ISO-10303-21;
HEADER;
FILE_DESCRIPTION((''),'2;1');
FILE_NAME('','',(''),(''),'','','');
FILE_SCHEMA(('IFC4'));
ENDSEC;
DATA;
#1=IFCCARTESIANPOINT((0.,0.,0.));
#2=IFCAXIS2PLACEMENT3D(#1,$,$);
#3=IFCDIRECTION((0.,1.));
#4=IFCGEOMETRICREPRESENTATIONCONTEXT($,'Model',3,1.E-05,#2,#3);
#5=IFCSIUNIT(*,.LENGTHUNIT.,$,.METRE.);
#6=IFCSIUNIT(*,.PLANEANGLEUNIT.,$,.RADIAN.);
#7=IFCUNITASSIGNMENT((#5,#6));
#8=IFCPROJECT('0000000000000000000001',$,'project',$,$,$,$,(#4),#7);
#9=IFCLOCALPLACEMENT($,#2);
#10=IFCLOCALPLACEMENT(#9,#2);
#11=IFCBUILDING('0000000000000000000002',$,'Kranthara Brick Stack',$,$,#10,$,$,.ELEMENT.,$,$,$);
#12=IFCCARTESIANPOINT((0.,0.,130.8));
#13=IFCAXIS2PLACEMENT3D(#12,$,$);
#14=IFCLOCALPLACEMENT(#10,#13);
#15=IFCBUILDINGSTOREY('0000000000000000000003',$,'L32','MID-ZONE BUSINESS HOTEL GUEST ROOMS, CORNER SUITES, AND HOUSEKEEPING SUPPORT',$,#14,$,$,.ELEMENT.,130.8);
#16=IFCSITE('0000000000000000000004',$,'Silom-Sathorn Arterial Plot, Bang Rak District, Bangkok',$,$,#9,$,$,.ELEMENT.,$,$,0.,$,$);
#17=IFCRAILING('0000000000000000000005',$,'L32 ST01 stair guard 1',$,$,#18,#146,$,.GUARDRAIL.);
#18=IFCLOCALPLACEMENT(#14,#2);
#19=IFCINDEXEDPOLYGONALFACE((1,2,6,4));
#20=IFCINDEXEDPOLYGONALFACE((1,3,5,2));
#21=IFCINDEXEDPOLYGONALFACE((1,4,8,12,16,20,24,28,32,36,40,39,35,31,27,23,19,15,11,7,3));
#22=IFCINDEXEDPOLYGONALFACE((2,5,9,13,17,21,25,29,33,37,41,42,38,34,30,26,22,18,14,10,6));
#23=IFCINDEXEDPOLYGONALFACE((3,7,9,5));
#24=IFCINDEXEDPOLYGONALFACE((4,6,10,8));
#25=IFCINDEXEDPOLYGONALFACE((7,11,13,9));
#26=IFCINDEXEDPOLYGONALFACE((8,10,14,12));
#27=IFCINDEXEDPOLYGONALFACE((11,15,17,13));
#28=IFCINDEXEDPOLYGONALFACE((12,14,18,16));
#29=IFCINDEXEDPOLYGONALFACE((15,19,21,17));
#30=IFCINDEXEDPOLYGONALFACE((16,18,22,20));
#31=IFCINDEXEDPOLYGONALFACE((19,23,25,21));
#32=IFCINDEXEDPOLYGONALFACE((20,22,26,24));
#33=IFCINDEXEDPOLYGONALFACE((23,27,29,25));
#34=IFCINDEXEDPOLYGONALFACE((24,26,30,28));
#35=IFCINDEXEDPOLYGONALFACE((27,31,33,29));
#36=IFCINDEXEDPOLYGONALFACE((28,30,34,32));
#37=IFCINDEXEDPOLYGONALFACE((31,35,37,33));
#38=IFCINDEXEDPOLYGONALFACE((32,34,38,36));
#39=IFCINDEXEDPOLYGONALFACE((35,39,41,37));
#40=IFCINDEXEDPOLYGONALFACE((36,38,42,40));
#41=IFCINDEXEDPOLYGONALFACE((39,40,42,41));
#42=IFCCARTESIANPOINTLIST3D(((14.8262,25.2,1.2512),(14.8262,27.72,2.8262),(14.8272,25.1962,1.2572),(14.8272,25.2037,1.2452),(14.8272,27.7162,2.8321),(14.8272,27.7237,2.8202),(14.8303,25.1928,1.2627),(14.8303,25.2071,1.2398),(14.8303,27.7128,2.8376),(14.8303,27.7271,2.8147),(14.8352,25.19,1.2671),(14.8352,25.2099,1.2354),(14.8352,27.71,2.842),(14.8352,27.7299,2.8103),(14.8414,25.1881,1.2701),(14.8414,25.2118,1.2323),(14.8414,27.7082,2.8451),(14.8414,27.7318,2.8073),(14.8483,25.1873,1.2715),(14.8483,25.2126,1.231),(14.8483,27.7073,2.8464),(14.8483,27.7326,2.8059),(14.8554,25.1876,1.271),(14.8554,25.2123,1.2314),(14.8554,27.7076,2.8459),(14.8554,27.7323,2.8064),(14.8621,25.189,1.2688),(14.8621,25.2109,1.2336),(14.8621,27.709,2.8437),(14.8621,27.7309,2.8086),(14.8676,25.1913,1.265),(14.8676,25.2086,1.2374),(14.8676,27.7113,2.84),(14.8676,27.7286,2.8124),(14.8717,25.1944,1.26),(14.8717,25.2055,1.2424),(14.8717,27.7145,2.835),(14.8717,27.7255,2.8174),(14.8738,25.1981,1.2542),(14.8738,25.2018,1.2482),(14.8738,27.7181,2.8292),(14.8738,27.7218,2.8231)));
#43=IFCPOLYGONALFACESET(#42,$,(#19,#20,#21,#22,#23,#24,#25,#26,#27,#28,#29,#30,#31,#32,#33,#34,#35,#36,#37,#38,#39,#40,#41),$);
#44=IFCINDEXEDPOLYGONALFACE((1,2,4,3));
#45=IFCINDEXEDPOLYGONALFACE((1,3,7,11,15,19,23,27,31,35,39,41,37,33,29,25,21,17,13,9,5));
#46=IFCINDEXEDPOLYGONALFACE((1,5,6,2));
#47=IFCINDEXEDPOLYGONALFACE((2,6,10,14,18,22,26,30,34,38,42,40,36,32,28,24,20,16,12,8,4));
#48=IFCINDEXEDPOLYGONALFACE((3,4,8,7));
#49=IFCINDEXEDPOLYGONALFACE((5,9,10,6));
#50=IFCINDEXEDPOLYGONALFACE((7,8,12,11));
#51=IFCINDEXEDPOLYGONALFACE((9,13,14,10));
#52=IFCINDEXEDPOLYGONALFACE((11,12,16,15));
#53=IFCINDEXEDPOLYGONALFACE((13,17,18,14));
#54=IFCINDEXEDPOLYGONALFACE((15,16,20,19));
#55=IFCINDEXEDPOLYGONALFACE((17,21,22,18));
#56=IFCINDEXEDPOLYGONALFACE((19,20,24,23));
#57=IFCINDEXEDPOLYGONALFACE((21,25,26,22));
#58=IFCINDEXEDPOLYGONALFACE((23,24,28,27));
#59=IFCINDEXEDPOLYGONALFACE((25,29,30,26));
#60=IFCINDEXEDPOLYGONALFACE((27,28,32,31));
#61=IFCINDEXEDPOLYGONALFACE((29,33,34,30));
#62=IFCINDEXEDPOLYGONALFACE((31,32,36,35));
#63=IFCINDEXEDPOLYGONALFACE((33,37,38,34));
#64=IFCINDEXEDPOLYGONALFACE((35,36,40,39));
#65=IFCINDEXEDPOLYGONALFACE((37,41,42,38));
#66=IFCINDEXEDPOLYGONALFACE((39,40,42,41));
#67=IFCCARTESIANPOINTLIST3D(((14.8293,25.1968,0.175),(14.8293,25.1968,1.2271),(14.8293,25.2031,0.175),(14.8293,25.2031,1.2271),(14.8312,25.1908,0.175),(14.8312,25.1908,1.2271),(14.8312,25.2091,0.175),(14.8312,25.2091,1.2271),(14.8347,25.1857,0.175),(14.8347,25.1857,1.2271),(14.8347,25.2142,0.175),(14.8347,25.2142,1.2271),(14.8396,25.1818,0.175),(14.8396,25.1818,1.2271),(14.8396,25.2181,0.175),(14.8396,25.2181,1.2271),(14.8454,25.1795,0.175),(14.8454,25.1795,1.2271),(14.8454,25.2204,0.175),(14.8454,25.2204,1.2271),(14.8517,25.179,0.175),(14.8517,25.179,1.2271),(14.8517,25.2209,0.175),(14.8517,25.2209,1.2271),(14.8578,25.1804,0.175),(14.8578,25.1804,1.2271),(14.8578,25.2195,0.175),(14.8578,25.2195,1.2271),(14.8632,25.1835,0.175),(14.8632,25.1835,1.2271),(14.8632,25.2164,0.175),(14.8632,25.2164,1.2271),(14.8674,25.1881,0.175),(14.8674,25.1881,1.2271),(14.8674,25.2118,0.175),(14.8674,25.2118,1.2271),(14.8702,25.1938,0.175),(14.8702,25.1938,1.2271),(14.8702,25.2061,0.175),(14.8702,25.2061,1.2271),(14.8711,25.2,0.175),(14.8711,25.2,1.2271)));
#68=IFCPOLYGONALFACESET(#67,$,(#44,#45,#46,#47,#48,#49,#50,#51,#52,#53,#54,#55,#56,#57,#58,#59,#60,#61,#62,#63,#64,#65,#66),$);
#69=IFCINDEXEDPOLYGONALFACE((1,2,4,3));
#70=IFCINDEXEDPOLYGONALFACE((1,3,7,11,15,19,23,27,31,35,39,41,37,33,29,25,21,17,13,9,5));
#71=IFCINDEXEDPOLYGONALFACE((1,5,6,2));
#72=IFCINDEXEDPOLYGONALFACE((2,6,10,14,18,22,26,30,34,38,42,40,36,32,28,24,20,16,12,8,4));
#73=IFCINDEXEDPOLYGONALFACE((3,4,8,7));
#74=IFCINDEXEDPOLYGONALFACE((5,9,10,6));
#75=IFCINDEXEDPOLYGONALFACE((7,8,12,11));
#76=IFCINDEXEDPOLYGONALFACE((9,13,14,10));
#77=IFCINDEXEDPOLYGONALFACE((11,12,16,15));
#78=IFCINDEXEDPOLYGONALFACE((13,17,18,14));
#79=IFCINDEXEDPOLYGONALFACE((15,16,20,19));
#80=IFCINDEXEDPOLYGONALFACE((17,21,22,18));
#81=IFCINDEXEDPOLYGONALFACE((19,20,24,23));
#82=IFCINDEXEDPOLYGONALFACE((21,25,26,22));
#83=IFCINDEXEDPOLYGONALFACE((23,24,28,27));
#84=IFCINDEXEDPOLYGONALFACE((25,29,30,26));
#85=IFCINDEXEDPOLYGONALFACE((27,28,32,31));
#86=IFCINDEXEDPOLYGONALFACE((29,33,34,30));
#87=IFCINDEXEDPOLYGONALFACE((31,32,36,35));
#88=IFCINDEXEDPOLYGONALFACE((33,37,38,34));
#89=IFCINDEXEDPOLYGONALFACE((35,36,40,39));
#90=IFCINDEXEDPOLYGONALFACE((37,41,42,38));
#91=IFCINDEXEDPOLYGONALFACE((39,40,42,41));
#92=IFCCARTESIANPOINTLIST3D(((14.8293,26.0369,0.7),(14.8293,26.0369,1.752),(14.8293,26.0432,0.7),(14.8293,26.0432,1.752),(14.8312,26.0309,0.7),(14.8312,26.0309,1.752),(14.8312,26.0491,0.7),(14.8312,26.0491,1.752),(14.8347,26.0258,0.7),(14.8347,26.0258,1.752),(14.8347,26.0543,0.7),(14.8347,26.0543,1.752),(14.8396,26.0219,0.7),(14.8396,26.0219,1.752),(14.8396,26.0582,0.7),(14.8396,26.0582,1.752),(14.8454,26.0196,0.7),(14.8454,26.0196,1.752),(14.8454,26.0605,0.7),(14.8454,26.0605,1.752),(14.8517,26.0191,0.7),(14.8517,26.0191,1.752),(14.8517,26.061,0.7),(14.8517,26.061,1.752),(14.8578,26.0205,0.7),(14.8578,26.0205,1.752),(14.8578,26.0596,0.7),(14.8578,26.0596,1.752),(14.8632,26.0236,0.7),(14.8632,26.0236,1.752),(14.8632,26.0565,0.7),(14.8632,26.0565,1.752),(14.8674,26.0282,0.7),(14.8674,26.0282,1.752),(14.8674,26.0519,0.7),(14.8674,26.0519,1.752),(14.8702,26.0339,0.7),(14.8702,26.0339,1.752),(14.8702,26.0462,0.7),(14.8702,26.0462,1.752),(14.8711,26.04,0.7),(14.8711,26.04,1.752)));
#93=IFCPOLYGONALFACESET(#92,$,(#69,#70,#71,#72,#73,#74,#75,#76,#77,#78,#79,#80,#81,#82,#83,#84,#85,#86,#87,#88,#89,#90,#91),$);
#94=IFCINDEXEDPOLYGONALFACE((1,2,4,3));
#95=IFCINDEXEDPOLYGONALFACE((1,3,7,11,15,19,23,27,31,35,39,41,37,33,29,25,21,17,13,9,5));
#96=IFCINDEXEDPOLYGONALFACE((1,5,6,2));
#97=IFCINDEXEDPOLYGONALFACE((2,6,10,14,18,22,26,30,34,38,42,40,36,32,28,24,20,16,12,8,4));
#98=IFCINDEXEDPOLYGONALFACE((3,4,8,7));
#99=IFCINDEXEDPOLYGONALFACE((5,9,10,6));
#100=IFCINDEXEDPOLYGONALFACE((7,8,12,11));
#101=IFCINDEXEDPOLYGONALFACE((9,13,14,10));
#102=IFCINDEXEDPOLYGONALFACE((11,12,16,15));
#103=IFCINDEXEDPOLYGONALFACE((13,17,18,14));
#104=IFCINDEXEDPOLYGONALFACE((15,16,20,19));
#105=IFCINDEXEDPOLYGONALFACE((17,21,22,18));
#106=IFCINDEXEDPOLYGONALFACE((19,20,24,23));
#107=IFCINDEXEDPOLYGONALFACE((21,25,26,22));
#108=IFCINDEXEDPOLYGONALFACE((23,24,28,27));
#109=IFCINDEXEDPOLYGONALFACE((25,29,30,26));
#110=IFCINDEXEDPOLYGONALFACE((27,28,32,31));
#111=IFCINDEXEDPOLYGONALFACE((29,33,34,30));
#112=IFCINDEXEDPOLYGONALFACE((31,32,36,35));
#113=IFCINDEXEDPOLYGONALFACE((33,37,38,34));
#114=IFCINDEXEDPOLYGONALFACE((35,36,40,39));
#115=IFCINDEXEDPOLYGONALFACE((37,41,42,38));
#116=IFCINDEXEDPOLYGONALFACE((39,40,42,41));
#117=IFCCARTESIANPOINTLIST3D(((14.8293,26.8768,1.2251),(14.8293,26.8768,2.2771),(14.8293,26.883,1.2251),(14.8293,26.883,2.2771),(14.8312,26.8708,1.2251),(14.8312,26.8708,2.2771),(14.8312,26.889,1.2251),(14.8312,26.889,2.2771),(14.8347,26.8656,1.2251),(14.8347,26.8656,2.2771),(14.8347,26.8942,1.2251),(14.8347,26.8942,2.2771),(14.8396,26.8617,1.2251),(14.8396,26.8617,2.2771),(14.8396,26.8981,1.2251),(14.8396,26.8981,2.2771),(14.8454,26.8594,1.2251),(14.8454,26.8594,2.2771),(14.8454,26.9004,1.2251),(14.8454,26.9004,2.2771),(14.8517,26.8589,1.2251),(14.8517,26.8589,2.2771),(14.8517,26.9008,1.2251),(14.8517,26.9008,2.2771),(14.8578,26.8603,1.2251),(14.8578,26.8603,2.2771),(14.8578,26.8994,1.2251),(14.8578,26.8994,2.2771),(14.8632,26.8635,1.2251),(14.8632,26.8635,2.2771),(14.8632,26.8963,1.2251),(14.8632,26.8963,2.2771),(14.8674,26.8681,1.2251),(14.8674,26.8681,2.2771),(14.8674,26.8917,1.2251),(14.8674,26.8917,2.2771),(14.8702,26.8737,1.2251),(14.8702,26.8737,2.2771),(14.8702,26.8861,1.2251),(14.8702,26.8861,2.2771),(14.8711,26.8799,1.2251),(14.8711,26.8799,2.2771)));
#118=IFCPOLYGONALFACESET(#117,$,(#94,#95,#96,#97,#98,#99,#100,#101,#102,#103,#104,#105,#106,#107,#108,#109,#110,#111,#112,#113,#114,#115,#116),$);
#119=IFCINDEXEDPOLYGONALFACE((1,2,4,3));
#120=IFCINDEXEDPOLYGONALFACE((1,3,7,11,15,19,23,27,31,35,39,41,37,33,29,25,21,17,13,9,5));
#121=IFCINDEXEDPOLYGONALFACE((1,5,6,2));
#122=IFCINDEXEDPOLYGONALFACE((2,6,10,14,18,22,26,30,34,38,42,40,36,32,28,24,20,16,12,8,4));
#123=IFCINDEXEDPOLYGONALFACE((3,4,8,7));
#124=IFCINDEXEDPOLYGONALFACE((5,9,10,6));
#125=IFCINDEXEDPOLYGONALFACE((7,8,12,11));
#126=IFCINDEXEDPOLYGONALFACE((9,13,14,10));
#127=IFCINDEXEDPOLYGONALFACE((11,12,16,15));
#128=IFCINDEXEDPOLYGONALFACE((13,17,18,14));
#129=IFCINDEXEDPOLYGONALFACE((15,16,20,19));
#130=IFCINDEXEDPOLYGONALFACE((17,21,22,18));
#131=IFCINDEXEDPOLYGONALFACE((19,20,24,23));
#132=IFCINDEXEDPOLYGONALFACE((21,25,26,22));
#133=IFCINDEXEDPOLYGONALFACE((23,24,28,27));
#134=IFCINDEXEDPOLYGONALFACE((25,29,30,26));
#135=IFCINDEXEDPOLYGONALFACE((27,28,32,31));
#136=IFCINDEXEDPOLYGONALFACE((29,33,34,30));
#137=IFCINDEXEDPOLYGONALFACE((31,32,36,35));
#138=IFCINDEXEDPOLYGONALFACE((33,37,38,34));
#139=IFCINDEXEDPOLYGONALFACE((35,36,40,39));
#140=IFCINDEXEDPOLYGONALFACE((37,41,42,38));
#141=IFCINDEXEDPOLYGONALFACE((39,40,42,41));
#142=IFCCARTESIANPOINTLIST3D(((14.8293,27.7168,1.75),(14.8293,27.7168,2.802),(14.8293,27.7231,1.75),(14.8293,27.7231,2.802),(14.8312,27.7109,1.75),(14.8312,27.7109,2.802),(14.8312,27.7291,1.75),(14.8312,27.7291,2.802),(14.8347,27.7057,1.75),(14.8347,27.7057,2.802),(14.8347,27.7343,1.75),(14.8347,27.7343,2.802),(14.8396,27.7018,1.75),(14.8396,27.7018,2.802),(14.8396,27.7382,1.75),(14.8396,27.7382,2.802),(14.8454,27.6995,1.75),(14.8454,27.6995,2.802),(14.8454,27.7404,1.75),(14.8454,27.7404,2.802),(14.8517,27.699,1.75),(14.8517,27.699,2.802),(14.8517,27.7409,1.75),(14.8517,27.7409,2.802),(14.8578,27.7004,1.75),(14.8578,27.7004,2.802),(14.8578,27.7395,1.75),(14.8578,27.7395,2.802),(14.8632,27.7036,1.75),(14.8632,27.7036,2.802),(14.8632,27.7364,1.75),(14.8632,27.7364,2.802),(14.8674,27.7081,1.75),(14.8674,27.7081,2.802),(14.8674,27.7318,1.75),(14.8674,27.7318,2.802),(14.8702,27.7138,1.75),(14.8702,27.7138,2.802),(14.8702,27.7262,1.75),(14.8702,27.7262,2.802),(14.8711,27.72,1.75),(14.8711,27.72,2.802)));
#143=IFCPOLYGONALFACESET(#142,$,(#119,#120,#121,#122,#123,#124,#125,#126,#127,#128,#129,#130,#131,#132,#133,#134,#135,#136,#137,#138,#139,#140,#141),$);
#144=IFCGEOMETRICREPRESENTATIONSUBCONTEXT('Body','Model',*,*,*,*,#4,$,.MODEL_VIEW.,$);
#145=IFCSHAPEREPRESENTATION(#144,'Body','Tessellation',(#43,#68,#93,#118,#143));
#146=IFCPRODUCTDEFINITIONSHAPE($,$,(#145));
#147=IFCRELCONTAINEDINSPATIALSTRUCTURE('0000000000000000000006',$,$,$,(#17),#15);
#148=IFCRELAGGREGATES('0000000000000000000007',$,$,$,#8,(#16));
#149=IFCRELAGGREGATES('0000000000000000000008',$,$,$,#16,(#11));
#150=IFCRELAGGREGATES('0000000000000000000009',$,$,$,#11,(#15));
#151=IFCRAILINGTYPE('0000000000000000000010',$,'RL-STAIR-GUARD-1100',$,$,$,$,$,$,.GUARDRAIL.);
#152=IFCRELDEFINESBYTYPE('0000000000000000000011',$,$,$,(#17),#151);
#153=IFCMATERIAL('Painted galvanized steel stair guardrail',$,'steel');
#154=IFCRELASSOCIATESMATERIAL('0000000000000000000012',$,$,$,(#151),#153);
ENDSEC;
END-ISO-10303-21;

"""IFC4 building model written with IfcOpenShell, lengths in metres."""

from ifc_helpers import new_model, si_unit, direction, frame, origin, origin_2d, place, context, subcontext, project, spatial, circle, extrude, material, type_object, element, save


model = new_model("IFC4")

# Units and contexts
model_context = context("Model", 3, precision=1e-05, world=origin(), true_north=direction((0.0, 1.0)))
body_context = subcontext(model_context, "Body", "Model", "MODEL_VIEW")
ifc_project = project(units=[si_unit("LENGTHUNIT", "METRE"), si_unit("PLANEANGLEUNIT", "RADIAN")], contexts=[model_context])

# Site, building, storey
site_placement = place(None, origin())
site = spatial("IfcSite", under=ifc_project, at=site_placement, Name="Silom-Sathorn Arterial Plot, Bang Rak District, Bangkok", CompositionType="ELEMENT", RefElevation=0.0)
building_placement = place(site_placement, origin())
building = spatial("IfcBuilding", under=site, at=building_placement, Name="Kranthara Brick Stack", CompositionType="ELEMENT")
storey_placement = place(building_placement, frame((0.0, 0.0, 130.8)))
storey = spatial("IfcBuildingStorey", under=building, at=storey_placement, Name="L32", Description="MID-ZONE BUSINESS HOTEL GUEST ROOMS, CORNER SUITES, AND HOUSEKEEPING SUPPORT", CompositionType="ELEMENT", Elevation=130.8)

# Railing
ifc_material_1 = material(Name="Painted galvanized steel stair guardrail", Category="steel")
railing_type_1 = type_object("IfcRailingType", Name="RL-STAIR-GUARD-1100", PredefinedType="GUARDRAIL", material=ifc_material_1)
railing_1_placement = place(storey_placement, frame((14.8501, 25.2, 0.175)))
element("IfcRailing", 1, at=railing_1_placement, inside=storey, type_object=railing_type_1, Name="L32 ST01 stair guard 1", PredefinedType="GUARDRAIL", context=body_context, shape_type="SweptSolid", body=[
    extrude(circle(Radius=0.0239, at=origin_2d()), frame((0.0, 0.0, 1.0762), z_axis=(0.0, 0.848008, 0.529984), x_axis=(-1.0, 0.0, 0.0)), (0.0, 0.0, 1.0), 2.9717),
    extrude(circle(Radius=0.021, at=origin_2d()), origin(), (0.0, 0.0, 1.0), 1.052),
    extrude(circle(Radius=0.021, at=origin_2d()), frame((0.0, 0.8401, 0.5249)), (0.0, 0.0, 1.0), 1.052),
    extrude(circle(Radius=0.021, at=origin_2d()), frame((0.0, 1.6799, 1.05)), (0.0, 0.0, 1.0), 1.052),
    extrude(circle(Radius=0.021, at=origin_2d()), frame((0.0, 2.52, 1.575)), (0.0, 0.0, 1.0), 1.052),
])

save(model, "model.ifc")
